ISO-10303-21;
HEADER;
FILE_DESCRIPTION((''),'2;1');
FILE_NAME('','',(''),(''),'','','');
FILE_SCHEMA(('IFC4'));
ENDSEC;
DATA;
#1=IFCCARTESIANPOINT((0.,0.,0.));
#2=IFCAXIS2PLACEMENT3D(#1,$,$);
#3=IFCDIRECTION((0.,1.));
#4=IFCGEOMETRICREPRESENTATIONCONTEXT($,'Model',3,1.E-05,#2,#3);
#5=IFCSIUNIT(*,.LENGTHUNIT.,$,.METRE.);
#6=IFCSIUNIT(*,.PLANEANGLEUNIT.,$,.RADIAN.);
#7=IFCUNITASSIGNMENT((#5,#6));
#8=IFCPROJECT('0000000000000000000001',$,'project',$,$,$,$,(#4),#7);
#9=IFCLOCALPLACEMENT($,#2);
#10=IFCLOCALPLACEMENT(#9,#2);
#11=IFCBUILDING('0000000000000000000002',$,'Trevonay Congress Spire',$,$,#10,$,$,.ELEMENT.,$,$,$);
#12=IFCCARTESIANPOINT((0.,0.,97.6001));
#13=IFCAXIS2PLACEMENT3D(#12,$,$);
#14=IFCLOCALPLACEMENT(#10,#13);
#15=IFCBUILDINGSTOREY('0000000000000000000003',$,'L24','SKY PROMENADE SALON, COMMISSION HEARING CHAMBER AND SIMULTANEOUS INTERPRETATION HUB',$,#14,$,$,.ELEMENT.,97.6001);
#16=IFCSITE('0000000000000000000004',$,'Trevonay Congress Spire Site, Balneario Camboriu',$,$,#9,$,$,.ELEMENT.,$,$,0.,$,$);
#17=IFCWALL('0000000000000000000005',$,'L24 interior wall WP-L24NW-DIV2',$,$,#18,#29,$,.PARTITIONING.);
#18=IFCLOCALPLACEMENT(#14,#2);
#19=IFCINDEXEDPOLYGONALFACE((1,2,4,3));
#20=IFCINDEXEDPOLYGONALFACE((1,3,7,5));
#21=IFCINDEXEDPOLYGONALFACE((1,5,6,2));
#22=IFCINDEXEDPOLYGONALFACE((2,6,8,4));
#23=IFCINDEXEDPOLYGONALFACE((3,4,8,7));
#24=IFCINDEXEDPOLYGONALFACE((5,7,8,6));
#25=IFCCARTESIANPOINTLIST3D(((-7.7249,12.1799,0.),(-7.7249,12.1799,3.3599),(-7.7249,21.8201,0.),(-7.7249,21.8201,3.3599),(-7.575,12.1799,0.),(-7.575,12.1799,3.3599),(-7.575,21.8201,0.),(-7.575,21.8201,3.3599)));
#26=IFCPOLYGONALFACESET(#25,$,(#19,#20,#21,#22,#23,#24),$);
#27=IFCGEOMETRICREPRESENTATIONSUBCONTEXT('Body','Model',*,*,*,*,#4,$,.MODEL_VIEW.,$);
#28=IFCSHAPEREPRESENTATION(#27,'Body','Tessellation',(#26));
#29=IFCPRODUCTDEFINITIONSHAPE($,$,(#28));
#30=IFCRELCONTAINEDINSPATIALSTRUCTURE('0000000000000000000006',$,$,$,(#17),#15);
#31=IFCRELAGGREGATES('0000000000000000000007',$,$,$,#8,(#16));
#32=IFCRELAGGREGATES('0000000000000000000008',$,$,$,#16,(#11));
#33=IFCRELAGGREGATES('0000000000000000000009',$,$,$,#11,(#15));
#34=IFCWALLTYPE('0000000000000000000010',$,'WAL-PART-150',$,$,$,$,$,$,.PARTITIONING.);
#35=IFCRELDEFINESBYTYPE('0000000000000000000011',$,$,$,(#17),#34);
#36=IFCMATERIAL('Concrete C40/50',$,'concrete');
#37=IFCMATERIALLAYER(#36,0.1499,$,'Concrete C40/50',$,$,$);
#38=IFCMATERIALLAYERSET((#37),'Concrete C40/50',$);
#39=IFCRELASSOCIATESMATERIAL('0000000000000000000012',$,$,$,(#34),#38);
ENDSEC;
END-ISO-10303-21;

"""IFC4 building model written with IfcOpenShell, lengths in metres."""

from ifc_helpers import new_model, si_unit, direction, frame, frame_2d, origin, place, context, subcontext, project, spatial, rectangle, extrude, material, layer, layer_set, type_object, element, save


model = new_model("IFC4")

# Units and contexts
model_context = context("Model", 3, precision=1e-05, world=origin(), true_north=direction((0.0, 1.0)))
body_context = subcontext(model_context, "Body", "Model", "MODEL_VIEW")
ifc_project = project(units=[si_unit("LENGTHUNIT", "METRE"), si_unit("PLANEANGLEUNIT", "RADIAN")], contexts=[model_context])

# Site, building, storey
site_placement = place(None, origin())
site = spatial("IfcSite", under=ifc_project, at=site_placement, Name="Trevonay Congress Spire Site, Balneario Camboriu", CompositionType="ELEMENT", RefElevation=0.0)
building_placement = place(site_placement, origin())
building = spatial("IfcBuilding", under=site, at=building_placement, Name="Trevonay Congress Spire", CompositionType="ELEMENT")
storey_placement = place(building_placement, frame((0.0, 0.0, 97.6001)))
storey = spatial("IfcBuildingStorey", under=building, at=storey_placement, Name="L24", Description="SKY PROMENADE SALON, COMMISSION HEARING CHAMBER AND SIMULTANEOUS INTERPRETATION HUB", CompositionType="ELEMENT", Elevation=97.6001)

# Shared definitions
ifc_material_1 = material(Name="Concrete C40/50", Category="concrete")

# Wall
ifc_layer_1 = layer(ifc_material_1, 0.1499, Name="Concrete C40/50")
ifc_layer_set_1 = layer_set([ifc_layer_1], Name="Concrete C40/50")
wall_type_1 = type_object("IfcWallType", Name="WAL-PART-150", PredefinedType="PARTITIONING", material=ifc_layer_set_1)
for number, where, z_axis, x_axis, name in (
    (1, (-7.6499, 12.1799, 0.0), (0.0, 0.0, 1.0), (0.0, 1.0, 0.0), "L24 interior wall WP-L24NW-DIV2"),
):
    element("IfcWall", number, at=place(storey_placement, frame(where, z_axis=z_axis, x_axis=x_axis)), inside=storey, type_object=wall_type_1, Name=name, PredefinedType="PARTITIONING", context=body_context, shape_type="SweptSolid", body=[
        extrude(rectangle(XDim=9.6401, YDim=0.1499, at=frame_2d((4.8201, 0.0))), origin(), (0.0, 0.0, 1.0), 3.3599),
    ])

save(model, "model.ifc")
